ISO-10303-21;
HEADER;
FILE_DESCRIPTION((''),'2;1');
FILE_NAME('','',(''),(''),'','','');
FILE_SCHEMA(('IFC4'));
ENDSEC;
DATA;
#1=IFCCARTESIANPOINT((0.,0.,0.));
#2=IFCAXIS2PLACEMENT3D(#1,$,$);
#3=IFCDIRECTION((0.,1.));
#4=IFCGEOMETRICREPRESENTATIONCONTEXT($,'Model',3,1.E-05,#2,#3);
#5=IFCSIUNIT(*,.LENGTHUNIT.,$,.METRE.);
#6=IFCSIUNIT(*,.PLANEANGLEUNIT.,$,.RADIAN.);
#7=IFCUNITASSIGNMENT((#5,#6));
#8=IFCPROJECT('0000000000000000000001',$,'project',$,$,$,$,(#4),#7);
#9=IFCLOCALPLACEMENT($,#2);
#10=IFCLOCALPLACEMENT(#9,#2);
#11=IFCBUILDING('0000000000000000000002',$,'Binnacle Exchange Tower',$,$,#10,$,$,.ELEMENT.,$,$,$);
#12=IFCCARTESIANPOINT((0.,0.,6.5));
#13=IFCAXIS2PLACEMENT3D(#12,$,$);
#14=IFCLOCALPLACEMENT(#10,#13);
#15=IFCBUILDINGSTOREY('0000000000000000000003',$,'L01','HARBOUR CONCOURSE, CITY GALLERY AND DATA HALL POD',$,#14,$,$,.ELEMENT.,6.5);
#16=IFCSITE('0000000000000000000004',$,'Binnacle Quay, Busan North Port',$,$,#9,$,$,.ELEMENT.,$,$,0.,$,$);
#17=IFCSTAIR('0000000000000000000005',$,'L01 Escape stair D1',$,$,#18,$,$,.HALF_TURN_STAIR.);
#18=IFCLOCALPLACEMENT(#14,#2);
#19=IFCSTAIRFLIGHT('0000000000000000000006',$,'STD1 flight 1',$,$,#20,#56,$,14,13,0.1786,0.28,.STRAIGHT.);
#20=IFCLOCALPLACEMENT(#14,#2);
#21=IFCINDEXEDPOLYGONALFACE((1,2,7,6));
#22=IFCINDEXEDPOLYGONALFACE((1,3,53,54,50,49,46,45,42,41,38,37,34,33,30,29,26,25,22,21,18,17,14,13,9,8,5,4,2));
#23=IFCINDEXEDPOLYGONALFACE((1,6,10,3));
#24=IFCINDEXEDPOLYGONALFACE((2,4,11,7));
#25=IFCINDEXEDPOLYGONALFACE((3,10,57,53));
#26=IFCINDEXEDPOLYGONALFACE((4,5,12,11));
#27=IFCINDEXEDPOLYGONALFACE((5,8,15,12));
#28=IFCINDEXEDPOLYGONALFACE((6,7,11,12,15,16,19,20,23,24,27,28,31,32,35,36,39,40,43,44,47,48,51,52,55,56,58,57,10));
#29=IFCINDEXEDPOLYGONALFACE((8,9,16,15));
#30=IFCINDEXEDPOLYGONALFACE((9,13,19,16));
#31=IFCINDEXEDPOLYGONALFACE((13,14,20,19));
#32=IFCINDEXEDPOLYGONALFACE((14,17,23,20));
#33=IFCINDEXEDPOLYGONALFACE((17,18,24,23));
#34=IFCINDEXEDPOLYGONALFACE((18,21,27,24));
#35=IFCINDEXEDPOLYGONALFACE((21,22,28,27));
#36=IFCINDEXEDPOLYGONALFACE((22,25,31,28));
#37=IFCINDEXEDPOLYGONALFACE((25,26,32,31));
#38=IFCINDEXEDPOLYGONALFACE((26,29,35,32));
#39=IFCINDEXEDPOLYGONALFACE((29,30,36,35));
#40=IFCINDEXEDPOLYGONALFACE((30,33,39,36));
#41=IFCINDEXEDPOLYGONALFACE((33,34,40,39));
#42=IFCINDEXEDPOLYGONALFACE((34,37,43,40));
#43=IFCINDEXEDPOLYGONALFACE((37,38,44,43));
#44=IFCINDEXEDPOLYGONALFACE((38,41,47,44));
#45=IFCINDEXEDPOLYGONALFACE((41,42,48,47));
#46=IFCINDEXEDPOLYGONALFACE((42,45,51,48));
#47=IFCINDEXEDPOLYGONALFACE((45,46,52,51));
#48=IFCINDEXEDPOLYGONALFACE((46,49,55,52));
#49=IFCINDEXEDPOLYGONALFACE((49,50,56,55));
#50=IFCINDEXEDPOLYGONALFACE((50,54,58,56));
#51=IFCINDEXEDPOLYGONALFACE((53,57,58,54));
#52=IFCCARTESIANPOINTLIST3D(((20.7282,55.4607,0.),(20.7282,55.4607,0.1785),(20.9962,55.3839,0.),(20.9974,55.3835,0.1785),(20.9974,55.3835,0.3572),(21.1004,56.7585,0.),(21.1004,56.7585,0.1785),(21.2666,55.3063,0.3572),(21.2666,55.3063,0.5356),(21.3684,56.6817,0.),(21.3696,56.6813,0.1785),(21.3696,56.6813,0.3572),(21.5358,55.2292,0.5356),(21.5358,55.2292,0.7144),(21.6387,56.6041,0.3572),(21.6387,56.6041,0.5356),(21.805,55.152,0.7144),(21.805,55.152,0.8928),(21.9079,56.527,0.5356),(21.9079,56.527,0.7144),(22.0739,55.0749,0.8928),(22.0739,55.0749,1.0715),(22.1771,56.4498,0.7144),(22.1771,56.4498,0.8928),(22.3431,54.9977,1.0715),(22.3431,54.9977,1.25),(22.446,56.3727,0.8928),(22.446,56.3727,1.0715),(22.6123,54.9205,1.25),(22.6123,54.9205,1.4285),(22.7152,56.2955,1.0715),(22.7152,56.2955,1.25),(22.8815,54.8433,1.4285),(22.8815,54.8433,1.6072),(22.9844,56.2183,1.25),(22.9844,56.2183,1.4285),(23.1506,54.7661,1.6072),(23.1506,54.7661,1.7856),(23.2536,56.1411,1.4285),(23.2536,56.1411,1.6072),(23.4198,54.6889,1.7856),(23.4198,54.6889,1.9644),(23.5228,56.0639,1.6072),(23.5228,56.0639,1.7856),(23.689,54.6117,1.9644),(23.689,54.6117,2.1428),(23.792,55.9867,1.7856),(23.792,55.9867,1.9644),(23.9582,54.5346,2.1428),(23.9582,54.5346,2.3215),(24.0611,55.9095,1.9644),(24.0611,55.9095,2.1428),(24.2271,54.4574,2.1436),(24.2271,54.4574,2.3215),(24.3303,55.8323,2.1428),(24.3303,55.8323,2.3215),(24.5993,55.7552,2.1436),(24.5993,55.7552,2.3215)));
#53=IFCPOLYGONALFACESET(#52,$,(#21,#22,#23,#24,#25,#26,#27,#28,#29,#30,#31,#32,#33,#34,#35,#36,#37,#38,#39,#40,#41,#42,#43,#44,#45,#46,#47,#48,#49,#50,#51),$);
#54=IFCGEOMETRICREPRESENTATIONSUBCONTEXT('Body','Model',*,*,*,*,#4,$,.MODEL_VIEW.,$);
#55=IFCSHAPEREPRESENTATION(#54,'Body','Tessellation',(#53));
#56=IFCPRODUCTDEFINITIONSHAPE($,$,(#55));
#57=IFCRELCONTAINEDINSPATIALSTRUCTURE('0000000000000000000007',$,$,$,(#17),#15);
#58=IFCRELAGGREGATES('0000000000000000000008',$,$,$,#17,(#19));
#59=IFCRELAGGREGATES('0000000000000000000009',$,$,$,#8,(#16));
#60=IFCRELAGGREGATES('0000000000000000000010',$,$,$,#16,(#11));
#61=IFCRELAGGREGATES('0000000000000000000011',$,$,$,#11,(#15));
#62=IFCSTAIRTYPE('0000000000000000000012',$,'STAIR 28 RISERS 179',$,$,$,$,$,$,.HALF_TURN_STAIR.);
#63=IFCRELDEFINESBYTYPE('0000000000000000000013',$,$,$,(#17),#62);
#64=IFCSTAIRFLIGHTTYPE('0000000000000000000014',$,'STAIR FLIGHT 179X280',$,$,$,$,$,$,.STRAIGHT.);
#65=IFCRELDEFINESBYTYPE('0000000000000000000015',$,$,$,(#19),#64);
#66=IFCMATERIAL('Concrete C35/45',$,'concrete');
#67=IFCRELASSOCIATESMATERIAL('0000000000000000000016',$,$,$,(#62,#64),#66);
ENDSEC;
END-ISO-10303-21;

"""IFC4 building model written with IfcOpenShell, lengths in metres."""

from ifc_helpers import new_model, si_unit, direction, frame, origin, place, context, subcontext, project, spatial, polyline, outline, extrude, material, type_object, element, aggregate, save


model = new_model("IFC4")

# Units and contexts
model_context = context("Model", 3, precision=1e-05, world=origin(), true_north=direction((0.0, 1.0)))
body_context = subcontext(model_context, "Body", "Model", "MODEL_VIEW")
ifc_project = project(units=[si_unit("LENGTHUNIT", "METRE"), si_unit("PLANEANGLEUNIT", "RADIAN")], contexts=[model_context])

# Site, building, storey
site_placement = place(None, origin())
site = spatial("IfcSite", under=ifc_project, at=site_placement, Name="Binnacle Quay, Busan North Port", CompositionType="ELEMENT", RefElevation=0.0)
building_placement = place(site_placement, origin())
building = spatial("IfcBuilding", under=site, at=building_placement, Name="Binnacle Exchange Tower", CompositionType="ELEMENT")
storey_placement = place(building_placement, frame((0.0, 0.0, 6.5)))
storey = spatial("IfcBuildingStorey", under=building, at=storey_placement, Name="L01", Description="HARBOUR CONCOURSE, CITY GALLERY AND DATA HALL POD", CompositionType="ELEMENT", Elevation=6.5)

# Stair, stair flight
ifc_material_1 = material(Name="Concrete C35/45", Category="concrete")
stair_type = type_object("IfcStairType", Name="STAIR 28 RISERS 179", PredefinedType="HALF_TURN_STAIR", material=ifc_material_1)
stair_placement = place(storey_placement, origin())
stair = element("IfcStair", 1, at=stair_placement, inside=storey, type_object=stair_type, Name="L01 Escape stair D1", PredefinedType="HALF_TURN_STAIR")
stair_flight_type = type_object("IfcStairFlightType", Name="STAIR FLIGHT 179X280", PredefinedType="STRAIGHT", material=ifc_material_1)
stair_flight_placement = place(storey_placement, frame((20.9143, 56.1096, 0.0), z_axis=(0.0, 0.0, 1.0), x_axis=(0.961262, -0.275637, 0.0)))
stair_flight = element("IfcStairFlight", 2, at=stair_flight_placement, type_object=stair_flight_type, Name="STD1 flight 1", NumberOfRisers=14, NumberOfTreads=13, PredefinedType="STRAIGHT", RiserHeight=0.1786, TreadLength=0.28, context=body_context, shape_type="SweptSolid", body=[
    extrude(outline(polyline([(0.0, 0.0), (0.0, 0.1785), (0.28, 0.1785), (0.28, 0.3572), (0.5601, 0.3572), (0.5601, 0.5356), (0.8401, 0.5356), (0.8401, 0.7144), (1.1201, 0.7144), (1.1201, 0.8928), (1.3999, 0.8928), (1.3999, 1.0715), (1.6799, 1.0715), (1.6799, 1.25), (1.96, 1.25), (1.96, 1.4285), (2.24, 1.4285), (2.24, 1.6072), (2.52, 1.6072), (2.52, 1.7856), (2.8, 1.7856), (2.8, 1.9644), (3.0801, 1.9644), (3.0801, 2.1428), (3.3601, 2.1428), (3.3601, 2.3215), (3.6399, 2.3215), (3.6399, 2.5), (3.6399, 2.1436), (0.2788, 0.0), (0.0, 0.0)])), frame((0.0, 0.675, 0.0), z_axis=(0.0, -1.0, 0.0), x_axis=(1.0, 0.0, 0.0)), (0.0, 0.0, 1.0), 1.3501),
])
aggregate(stair, [stair_flight])

save(model, "model.ifc")
